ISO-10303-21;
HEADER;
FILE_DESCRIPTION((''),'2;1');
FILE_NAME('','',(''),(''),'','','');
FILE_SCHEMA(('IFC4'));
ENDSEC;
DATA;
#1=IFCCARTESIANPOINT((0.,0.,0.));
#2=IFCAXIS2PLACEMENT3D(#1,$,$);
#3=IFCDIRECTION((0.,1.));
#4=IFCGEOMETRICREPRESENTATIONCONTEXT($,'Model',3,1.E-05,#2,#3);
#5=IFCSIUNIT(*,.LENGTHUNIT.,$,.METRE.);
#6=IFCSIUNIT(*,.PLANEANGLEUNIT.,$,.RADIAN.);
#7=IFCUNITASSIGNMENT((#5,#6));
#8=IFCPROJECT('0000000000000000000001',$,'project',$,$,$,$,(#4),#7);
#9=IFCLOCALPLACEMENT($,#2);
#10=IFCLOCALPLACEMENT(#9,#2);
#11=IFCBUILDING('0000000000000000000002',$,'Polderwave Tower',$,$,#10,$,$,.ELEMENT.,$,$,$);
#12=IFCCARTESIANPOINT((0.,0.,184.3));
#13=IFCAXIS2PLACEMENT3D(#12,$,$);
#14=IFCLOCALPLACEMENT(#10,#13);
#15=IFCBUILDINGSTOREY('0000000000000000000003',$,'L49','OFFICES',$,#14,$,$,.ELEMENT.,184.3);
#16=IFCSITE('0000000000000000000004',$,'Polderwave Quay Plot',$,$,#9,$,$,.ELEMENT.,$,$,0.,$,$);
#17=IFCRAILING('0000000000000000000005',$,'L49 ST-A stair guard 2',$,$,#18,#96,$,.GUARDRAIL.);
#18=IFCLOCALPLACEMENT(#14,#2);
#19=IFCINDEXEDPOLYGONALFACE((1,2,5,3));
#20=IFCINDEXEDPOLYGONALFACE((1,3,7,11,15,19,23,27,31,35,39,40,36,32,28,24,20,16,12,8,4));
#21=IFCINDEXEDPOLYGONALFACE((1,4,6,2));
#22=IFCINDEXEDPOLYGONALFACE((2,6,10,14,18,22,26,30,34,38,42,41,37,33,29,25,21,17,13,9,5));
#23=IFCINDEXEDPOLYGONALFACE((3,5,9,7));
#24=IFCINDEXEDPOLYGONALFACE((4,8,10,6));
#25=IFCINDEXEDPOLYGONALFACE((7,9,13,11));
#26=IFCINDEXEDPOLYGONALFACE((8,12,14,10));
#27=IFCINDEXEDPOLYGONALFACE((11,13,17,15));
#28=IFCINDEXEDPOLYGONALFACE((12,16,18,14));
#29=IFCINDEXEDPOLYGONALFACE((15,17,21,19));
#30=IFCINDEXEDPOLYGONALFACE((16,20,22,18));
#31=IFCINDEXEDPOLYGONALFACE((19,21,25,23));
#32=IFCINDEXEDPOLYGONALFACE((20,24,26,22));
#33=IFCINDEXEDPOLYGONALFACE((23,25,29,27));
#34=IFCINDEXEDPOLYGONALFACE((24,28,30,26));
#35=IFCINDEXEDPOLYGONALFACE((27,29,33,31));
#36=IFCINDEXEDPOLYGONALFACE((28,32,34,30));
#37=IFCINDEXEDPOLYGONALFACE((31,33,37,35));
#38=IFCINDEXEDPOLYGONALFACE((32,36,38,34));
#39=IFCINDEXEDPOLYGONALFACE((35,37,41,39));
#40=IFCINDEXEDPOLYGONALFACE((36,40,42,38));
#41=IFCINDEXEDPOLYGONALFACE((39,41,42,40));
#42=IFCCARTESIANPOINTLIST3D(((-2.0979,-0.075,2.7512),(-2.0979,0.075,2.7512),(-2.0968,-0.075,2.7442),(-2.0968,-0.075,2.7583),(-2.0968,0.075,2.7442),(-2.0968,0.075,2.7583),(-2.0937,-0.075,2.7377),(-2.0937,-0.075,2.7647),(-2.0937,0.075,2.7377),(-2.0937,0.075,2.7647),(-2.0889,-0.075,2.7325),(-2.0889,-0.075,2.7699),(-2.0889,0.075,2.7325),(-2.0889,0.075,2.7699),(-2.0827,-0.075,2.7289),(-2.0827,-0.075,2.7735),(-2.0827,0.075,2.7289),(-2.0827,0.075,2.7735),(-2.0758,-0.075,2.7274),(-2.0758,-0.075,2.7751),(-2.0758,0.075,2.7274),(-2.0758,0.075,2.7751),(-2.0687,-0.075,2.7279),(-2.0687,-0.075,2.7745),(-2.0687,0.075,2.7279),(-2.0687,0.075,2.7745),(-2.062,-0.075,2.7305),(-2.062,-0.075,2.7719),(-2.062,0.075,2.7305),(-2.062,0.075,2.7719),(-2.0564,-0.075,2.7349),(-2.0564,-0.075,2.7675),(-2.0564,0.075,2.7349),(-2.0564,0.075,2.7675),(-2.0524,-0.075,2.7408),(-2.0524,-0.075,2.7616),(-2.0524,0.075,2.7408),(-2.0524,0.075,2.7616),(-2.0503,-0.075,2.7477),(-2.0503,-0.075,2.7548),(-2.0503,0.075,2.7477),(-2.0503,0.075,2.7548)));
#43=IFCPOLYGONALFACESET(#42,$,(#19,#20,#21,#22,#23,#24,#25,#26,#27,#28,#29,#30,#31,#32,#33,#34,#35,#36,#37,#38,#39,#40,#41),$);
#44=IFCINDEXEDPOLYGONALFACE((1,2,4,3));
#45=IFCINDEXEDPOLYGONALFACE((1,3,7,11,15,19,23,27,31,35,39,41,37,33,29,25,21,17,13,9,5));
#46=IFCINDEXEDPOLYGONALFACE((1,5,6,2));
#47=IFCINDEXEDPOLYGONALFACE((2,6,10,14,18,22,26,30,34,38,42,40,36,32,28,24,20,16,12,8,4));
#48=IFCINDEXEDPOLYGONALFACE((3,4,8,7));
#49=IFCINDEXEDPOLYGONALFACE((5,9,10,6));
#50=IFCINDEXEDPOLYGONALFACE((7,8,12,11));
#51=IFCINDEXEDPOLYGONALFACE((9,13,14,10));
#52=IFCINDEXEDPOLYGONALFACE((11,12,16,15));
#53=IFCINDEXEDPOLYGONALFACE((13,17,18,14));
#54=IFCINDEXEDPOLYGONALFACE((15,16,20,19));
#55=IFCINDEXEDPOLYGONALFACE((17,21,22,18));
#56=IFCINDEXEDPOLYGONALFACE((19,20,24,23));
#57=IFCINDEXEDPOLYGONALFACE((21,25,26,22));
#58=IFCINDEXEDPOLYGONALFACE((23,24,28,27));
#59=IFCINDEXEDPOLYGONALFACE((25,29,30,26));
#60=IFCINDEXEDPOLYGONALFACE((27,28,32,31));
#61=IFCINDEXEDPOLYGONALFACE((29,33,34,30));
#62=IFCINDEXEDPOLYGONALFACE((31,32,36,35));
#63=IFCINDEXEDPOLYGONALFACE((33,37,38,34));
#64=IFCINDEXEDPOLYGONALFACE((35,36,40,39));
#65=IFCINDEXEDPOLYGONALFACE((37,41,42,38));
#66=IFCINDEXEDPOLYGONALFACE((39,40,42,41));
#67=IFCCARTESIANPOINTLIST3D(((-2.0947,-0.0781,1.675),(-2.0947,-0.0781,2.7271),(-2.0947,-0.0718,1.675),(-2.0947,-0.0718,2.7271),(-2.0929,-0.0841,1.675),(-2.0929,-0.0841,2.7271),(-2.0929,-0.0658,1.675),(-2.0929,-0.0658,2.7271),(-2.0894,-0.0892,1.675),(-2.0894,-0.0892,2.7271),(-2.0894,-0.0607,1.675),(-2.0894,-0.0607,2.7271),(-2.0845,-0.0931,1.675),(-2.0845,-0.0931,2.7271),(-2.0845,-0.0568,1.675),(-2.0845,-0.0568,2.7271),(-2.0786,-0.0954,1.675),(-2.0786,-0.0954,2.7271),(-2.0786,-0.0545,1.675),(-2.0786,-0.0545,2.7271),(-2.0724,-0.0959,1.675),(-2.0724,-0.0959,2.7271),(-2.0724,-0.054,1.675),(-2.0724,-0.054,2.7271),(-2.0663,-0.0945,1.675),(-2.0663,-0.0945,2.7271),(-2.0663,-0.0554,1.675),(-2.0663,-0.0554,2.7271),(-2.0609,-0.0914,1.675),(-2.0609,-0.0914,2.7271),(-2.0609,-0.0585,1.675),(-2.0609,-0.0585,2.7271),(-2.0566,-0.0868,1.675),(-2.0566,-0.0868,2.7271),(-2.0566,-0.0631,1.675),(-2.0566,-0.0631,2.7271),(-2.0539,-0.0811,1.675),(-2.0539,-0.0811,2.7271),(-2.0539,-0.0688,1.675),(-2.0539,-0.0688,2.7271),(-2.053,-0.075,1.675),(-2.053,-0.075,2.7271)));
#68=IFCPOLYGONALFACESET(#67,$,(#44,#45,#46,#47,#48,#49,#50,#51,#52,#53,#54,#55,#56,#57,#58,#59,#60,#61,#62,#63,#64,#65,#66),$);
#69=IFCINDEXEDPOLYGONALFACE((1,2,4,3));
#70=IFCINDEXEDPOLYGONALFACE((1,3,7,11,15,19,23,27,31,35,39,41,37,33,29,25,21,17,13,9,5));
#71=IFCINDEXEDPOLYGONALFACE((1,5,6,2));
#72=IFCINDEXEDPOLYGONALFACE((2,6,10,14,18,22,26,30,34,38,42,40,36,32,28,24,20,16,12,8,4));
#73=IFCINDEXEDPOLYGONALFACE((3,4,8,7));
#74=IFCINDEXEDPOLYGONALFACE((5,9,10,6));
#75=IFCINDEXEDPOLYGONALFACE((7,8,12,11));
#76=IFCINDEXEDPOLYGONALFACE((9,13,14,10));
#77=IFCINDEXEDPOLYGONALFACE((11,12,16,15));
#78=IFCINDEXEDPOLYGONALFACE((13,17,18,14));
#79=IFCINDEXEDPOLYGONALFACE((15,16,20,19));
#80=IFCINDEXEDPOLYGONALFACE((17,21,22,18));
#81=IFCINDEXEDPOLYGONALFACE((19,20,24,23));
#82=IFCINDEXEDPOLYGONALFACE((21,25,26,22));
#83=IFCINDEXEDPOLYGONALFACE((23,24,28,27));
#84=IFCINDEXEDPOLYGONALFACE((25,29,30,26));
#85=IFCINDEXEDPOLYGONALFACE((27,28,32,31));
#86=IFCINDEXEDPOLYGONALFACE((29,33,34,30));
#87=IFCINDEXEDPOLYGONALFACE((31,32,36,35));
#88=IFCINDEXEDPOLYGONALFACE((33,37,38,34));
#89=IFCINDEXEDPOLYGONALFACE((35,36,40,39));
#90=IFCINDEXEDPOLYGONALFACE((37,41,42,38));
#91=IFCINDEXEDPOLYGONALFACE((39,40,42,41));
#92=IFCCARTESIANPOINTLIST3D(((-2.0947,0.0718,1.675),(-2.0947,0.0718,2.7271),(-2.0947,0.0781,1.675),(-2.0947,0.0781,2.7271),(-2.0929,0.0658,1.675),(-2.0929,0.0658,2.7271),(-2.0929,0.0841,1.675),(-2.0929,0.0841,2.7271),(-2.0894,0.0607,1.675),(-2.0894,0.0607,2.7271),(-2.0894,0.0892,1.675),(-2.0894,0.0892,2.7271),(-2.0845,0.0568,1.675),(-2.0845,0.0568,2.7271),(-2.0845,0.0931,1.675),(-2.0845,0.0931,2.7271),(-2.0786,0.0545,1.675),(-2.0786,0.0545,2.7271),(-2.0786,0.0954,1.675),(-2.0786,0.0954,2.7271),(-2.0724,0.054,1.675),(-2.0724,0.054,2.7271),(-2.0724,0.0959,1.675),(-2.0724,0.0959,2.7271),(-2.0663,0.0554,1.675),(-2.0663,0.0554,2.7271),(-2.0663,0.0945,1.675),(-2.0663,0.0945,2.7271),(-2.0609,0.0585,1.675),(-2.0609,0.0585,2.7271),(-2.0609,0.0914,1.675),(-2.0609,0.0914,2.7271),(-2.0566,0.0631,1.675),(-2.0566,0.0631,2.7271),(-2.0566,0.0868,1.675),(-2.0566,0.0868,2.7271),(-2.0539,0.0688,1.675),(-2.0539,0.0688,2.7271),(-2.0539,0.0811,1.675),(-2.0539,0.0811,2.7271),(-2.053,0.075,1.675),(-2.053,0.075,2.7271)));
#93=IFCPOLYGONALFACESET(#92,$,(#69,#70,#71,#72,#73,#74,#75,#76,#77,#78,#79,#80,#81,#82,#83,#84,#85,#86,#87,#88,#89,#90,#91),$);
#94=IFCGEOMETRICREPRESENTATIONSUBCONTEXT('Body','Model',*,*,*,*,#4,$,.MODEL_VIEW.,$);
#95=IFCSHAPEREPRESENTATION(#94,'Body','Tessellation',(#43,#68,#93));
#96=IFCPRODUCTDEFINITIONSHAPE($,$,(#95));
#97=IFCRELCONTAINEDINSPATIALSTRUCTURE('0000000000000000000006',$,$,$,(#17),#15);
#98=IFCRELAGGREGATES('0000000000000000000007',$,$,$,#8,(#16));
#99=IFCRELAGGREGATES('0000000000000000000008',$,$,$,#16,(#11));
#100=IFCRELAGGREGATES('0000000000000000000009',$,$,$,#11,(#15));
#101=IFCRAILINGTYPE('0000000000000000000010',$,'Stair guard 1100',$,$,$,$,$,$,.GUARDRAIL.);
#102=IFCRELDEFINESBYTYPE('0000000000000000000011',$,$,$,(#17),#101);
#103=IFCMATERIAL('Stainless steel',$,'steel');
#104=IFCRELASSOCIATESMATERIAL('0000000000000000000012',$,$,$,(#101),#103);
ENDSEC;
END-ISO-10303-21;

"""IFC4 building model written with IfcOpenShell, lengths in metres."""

from ifc_helpers import new_model, si_unit, direction, frame, origin, origin_2d, place, context, subcontext, project, spatial, circle, extrude, material, type_object, element, save


model = new_model("IFC4")

# Units and contexts
model_context = context("Model", 3, precision=1e-05, world=origin(), true_north=direction((0.0, 1.0)))
body_context = subcontext(model_context, "Body", "Model", "MODEL_VIEW")
ifc_project = project(units=[si_unit("LENGTHUNIT", "METRE"), si_unit("PLANEANGLEUNIT", "RADIAN")], contexts=[model_context])

# Site, building, storey
site_placement = place(None, origin())
site = spatial("IfcSite", under=ifc_project, at=site_placement, Name="Polderwave Quay Plot", CompositionType="ELEMENT", RefElevation=0.0)
building_placement = place(site_placement, origin())
building = spatial("IfcBuilding", under=site, at=building_placement, Name="Polderwave Tower", CompositionType="ELEMENT")
storey_placement = place(building_placement, frame((0.0, 0.0, 184.3)))
storey = spatial("IfcBuildingStorey", under=building, at=storey_placement, Name="L49", Description="OFFICES", CompositionType="ELEMENT", Elevation=184.3)

# Railing
ifc_material_1 = material(Name="Stainless steel", Category="steel")
railing_type_1 = type_object("IfcRailingType", Name="Stair guard 1100", PredefinedType="GUARDRAIL", material=ifc_material_1)
railing_1_placement = place(storey_placement, frame((-2.074, -0.075, 1.675)))
element("IfcRailing", 1, at=railing_1_placement, inside=storey, type_object=railing_type_1, Name="L49 ST-A stair guard 2", PredefinedType="GUARDRAIL", context=body_context, shape_type="SweptSolid", body=[
    extrude(circle(Radius=0.0239, at=origin_2d()), frame((0.0, 0.0, 1.0762), z_axis=(0.0, 1.0, 0.0), x_axis=(-1.0, 0.0, 0.0)), (0.0, 0.0, 1.0), 0.1499),
    extrude(circle(Radius=0.021, at=origin_2d()), origin(), (0.0, 0.0, 1.0), 1.052),
    extrude(circle(Radius=0.021, at=origin_2d()), frame((0.0, 0.1499, 0.0)), (0.0, 0.0, 1.0), 1.052),
])

save(model, "model.ifc")
